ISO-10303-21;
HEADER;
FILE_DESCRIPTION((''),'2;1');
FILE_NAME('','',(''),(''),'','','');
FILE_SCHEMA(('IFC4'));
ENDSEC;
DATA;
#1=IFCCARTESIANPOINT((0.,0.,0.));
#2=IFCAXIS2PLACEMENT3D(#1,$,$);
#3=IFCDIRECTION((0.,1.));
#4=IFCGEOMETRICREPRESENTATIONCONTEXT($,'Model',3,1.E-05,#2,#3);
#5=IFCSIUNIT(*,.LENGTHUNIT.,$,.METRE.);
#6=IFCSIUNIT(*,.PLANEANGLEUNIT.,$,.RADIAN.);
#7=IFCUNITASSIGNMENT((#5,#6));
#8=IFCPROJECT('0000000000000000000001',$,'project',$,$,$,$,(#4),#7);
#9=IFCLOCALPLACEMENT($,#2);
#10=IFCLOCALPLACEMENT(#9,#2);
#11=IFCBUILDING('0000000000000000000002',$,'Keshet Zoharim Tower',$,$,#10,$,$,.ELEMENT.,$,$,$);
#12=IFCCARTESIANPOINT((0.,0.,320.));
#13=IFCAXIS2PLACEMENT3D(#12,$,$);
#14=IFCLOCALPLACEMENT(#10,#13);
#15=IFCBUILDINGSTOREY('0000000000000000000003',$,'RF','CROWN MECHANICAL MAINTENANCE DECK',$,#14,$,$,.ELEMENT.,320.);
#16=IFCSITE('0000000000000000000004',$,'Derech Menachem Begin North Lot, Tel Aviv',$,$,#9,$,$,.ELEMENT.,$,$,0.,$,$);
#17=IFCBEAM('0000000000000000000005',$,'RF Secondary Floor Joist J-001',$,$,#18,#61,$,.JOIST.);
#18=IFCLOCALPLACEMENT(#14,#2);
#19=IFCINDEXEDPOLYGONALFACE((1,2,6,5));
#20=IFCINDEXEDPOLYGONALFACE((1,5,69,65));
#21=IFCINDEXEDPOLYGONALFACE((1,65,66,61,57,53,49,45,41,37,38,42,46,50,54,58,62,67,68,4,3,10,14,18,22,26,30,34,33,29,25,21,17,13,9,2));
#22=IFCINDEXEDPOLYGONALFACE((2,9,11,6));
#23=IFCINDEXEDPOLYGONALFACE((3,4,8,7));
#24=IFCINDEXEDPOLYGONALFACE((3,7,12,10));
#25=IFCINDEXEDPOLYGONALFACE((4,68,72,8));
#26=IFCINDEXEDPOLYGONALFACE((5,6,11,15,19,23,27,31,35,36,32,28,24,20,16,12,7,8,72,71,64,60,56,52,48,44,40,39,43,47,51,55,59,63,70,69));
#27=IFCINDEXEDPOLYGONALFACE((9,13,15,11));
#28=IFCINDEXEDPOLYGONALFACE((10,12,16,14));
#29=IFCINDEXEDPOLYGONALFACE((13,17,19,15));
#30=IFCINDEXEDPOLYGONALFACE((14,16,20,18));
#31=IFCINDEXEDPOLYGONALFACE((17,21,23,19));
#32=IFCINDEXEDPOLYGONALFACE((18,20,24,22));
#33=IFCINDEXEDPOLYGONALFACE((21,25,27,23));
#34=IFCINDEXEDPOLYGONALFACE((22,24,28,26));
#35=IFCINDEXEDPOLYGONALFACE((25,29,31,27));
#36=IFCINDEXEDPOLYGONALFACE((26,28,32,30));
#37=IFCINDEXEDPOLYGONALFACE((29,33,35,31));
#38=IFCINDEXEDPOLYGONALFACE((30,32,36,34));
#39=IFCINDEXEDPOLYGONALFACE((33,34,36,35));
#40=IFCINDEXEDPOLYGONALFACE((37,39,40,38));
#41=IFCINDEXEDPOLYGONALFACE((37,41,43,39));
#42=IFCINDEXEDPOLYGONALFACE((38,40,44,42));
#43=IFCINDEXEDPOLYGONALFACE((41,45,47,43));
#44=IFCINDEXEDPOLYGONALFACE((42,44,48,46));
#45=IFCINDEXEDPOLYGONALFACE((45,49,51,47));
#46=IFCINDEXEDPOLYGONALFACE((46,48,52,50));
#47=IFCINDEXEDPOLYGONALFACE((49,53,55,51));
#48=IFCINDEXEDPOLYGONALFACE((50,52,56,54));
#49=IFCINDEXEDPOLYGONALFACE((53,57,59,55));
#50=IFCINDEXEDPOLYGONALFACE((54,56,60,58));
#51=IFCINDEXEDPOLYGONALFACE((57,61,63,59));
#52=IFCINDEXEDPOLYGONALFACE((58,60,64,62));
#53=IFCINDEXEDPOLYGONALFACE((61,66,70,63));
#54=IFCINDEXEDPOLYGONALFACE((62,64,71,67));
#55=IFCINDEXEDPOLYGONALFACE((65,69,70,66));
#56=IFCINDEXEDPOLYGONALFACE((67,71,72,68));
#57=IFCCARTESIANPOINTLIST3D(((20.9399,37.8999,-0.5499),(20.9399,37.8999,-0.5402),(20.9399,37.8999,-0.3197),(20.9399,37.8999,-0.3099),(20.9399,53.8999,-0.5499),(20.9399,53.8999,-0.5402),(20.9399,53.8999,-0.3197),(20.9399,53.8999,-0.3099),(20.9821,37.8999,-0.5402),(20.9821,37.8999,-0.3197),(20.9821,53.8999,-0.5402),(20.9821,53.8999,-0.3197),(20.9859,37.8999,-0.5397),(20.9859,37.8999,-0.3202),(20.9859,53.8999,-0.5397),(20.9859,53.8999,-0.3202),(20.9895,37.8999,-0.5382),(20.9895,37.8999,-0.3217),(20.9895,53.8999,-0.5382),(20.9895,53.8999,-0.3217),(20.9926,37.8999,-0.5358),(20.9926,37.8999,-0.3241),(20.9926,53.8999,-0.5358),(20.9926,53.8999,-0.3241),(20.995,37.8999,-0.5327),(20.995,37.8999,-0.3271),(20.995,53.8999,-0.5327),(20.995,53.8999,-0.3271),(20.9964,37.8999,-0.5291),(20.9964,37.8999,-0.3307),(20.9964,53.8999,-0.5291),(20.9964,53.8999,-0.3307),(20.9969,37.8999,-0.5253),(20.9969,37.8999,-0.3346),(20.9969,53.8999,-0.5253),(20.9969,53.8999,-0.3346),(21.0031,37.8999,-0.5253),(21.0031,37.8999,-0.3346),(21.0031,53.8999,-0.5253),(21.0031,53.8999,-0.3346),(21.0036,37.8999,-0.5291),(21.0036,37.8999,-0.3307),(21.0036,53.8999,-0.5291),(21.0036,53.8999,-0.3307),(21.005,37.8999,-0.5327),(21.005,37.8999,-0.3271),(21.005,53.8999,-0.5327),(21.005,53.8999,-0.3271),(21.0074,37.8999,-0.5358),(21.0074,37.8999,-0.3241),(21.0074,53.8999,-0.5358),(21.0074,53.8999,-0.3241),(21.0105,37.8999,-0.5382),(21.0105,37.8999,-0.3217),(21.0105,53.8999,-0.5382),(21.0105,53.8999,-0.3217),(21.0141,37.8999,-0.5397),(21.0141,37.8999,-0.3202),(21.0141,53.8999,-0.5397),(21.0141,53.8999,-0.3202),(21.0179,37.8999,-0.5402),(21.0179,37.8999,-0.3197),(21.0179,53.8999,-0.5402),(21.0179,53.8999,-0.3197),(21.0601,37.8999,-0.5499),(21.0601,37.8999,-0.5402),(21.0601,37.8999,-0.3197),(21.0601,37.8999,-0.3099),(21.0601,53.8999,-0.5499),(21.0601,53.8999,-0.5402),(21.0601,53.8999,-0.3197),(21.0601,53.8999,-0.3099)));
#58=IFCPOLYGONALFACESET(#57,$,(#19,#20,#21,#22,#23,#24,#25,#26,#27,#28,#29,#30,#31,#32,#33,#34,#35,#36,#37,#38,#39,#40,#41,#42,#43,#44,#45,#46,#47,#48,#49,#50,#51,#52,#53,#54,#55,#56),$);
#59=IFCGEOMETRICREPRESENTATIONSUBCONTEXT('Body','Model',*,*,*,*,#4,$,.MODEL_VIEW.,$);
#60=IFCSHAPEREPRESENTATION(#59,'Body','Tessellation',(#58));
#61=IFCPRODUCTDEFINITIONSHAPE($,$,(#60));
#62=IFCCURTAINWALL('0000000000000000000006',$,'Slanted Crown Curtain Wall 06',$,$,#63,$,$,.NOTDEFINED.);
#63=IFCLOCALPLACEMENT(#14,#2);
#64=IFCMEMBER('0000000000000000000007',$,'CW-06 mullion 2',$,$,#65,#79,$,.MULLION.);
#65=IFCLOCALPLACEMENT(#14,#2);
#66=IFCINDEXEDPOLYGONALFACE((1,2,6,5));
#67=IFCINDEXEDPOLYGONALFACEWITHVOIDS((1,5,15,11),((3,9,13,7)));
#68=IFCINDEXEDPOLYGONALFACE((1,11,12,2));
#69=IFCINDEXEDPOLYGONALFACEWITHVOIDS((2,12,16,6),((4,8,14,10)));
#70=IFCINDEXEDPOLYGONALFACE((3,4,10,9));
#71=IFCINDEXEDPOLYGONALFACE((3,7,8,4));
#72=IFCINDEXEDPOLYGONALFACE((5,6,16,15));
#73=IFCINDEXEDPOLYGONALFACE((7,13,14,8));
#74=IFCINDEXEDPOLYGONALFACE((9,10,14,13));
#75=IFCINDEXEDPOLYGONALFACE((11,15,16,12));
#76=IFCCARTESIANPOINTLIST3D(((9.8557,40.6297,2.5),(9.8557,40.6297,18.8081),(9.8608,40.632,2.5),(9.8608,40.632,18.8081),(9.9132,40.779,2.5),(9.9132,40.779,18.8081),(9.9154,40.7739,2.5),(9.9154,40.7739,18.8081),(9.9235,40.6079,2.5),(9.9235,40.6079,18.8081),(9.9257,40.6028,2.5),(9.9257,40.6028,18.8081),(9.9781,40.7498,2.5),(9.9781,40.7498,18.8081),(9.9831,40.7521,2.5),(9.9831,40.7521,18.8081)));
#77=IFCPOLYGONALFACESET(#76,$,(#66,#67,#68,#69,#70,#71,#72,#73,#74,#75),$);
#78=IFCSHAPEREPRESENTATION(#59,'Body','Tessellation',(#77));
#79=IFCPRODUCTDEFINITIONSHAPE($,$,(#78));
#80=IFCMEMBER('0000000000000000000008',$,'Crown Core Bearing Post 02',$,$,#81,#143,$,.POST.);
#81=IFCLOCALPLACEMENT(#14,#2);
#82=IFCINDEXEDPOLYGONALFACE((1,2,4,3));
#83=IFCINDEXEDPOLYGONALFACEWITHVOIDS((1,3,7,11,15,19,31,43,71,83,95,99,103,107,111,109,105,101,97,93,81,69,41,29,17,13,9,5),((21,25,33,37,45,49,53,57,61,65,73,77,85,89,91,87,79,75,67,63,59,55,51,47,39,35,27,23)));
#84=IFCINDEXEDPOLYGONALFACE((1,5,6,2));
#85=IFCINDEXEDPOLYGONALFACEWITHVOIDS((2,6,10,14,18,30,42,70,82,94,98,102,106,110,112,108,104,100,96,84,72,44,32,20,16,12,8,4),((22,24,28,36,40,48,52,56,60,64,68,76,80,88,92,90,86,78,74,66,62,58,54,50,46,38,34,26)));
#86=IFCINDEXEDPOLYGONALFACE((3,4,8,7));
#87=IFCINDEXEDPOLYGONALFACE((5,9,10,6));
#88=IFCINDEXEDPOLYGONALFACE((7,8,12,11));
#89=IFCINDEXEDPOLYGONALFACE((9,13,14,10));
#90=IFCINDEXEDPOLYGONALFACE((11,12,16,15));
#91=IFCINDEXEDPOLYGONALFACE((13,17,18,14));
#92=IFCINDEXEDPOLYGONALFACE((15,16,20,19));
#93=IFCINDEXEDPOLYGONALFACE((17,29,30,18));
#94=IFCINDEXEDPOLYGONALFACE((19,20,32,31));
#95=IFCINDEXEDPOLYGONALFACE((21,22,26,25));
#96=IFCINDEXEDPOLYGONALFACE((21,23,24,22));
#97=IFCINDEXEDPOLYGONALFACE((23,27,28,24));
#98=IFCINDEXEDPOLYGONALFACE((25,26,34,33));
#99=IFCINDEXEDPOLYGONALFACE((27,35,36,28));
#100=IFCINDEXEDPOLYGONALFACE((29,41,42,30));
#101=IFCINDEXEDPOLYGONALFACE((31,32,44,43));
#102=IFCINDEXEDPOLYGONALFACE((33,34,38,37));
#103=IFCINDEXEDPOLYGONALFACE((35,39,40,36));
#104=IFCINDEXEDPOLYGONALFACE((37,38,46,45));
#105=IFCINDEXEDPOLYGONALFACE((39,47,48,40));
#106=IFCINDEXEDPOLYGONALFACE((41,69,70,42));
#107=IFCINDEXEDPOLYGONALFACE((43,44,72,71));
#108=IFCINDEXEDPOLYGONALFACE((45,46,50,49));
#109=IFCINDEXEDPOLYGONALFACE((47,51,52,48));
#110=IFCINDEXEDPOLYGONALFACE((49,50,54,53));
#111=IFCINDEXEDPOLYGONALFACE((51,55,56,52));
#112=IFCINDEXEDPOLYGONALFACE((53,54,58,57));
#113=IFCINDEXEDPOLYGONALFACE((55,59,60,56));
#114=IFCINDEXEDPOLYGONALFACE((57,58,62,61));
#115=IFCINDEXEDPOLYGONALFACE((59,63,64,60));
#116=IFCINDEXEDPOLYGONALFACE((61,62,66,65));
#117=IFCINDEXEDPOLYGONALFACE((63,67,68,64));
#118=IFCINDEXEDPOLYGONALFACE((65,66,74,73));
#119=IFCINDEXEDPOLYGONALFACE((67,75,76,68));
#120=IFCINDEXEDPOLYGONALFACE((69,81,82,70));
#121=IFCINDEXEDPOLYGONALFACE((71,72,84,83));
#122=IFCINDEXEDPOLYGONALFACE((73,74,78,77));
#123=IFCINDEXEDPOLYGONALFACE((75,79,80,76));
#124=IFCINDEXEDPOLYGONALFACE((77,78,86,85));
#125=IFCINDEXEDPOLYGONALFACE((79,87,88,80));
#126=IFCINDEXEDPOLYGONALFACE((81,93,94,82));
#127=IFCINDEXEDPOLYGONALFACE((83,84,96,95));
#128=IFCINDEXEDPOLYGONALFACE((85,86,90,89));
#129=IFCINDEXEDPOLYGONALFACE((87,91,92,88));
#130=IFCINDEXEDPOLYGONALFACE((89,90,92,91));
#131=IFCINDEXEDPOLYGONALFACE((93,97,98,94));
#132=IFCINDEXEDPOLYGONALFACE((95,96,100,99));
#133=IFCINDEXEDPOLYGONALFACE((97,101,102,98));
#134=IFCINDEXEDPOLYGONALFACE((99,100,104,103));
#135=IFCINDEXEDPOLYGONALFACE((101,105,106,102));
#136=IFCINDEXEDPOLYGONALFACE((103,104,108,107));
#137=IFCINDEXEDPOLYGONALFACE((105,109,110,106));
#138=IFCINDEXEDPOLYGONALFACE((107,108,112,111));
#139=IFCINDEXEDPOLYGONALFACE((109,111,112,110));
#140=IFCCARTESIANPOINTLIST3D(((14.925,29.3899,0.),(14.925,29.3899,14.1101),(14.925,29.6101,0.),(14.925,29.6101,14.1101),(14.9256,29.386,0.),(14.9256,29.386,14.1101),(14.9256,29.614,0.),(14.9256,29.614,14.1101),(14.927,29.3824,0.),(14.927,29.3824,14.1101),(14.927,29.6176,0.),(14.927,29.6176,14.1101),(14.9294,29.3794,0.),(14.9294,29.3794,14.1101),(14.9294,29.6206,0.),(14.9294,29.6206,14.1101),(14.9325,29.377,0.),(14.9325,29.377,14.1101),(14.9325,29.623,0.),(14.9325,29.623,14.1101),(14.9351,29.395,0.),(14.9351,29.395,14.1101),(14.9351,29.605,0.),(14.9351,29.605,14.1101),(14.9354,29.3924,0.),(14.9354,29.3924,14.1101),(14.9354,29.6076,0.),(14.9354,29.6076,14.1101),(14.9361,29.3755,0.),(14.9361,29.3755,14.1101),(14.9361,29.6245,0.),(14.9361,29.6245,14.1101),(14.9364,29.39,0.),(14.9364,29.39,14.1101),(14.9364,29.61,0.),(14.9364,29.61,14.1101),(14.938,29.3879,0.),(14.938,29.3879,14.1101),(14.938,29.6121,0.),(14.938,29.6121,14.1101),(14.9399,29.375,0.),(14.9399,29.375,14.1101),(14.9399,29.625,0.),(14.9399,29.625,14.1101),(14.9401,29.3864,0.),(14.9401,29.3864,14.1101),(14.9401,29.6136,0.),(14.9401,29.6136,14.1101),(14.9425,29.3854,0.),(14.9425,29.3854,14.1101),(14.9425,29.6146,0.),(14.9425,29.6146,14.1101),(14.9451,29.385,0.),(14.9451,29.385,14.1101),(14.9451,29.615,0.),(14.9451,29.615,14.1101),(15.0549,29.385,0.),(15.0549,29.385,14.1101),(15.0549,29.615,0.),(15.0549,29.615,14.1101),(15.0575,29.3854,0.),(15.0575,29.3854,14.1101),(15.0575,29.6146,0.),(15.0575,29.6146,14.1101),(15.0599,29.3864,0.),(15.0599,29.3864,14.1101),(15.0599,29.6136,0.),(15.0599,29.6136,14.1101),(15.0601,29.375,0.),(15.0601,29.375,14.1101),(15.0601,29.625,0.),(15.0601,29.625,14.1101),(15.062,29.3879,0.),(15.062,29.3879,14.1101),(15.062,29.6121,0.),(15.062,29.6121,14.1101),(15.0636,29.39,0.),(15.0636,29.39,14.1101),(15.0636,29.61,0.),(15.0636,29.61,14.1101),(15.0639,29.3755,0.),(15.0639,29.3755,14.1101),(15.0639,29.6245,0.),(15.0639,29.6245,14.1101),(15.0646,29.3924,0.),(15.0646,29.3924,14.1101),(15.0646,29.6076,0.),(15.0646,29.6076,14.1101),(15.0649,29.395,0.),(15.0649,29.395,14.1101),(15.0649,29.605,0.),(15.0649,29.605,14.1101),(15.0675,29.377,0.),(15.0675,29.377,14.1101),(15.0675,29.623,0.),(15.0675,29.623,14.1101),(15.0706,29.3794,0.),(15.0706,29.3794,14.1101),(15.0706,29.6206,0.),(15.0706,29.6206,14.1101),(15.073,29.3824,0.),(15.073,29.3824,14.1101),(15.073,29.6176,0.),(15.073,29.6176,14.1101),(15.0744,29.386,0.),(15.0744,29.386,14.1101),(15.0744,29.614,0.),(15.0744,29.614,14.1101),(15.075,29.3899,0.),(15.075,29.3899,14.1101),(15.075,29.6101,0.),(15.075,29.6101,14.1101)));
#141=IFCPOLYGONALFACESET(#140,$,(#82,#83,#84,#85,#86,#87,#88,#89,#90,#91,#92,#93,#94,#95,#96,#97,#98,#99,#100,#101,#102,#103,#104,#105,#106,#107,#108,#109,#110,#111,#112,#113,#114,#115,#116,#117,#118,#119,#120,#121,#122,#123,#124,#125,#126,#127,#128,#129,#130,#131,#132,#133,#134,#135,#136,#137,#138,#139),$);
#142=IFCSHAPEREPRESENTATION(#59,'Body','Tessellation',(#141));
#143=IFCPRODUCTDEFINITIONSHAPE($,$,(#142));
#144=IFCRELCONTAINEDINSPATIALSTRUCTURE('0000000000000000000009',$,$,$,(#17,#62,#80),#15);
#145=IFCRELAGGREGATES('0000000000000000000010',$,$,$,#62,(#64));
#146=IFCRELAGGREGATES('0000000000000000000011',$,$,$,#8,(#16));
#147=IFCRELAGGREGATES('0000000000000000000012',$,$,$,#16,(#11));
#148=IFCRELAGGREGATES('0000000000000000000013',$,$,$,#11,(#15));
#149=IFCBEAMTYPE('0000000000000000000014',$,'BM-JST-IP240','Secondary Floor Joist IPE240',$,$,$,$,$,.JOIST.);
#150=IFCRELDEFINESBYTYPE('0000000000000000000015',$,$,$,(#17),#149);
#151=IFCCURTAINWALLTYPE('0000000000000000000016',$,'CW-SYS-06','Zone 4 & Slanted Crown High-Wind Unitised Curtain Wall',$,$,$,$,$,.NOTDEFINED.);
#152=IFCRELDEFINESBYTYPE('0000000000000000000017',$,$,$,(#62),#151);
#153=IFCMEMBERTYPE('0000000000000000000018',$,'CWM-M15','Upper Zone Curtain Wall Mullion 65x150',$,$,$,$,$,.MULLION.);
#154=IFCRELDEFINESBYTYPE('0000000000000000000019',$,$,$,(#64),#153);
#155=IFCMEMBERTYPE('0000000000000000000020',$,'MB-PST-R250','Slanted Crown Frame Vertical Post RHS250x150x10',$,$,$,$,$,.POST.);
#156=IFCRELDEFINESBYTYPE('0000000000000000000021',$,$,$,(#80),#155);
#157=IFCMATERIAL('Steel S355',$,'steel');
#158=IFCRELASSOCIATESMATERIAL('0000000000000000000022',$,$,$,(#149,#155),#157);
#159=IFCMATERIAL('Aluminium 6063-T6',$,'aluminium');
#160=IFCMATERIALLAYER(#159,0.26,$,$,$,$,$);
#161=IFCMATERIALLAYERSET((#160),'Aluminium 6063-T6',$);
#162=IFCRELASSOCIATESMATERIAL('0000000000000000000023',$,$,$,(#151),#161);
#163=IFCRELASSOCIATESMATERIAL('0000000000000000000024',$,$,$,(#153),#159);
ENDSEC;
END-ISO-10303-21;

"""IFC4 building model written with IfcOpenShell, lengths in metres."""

from ifc_helpers import new_model, si_unit, direction, frame, origin, origin_2d, place, context, subcontext, project, spatial, hollow_rectangle, i_section, extrude, material, layer, layer_set, material_profile, profile_set, type_object, element, aggregate, save


model = new_model("IFC4")

# Units and contexts
model_context = context("Model", 3, precision=1e-05, world=origin(), true_north=direction((0.0, 1.0)))
body_context = subcontext(model_context, "Body", "Model", "MODEL_VIEW")
ifc_project = project(units=[si_unit("LENGTHUNIT", "METRE"), si_unit("PLANEANGLEUNIT", "RADIAN")], contexts=[model_context])

# Site, building, storey
site_placement = place(None, origin())
site = spatial("IfcSite", under=ifc_project, at=site_placement, Name="Derech Menachem Begin North Lot, Tel Aviv", CompositionType="ELEMENT", RefElevation=0.0)
building_placement = place(site_placement, origin())
building = spatial("IfcBuilding", under=site, at=building_placement, Name="Keshet Zoharim Tower", CompositionType="ELEMENT")
storey_placement = place(building_placement, frame((0.0, 0.0, 320.0)))
storey = spatial("IfcBuildingStorey", under=building, at=storey_placement, Name="RF", Description="CROWN MECHANICAL MAINTENANCE DECK", CompositionType="ELEMENT", Elevation=320.0)

# Beam
ifc_material_1 = material(Name="Steel S355", Category="steel")
ifc_material_profile_1 = material_profile(ifc_material_1, i_section(OverallWidth=0.1201, OverallDepth=0.24, WebThickness=0.0061, FlangeThickness=0.0098, FilletRadius=0.0149, at=origin_2d()), Name="IPE240")
ifc_profile_set_1 = profile_set([ifc_material_profile_1], Name="Steel S355")
beam_type = type_object("IfcBeamType", Name="BM-JST-IP240", Description="Secondary Floor Joist IPE240", PredefinedType="JOIST", material=ifc_profile_set_1)
beam_placement = place(storey_placement, frame((21.0, 37.8999, -0.4299), z_axis=(0.0, 1.0, 0.0), x_axis=(-1.0, 0.0, 0.0)))
element("IfcBeam", 1, at=beam_placement, inside=storey, type_object=beam_type, Name="RF Secondary Floor Joist J-001", PredefinedType="JOIST", context=body_context, shape_type="SweptSolid", body=[
    extrude(i_section(OverallWidth=0.1201, OverallDepth=0.24, WebThickness=0.0061, FlangeThickness=0.0098, FilletRadius=0.0149, at=origin_2d()), origin(), (0.0, 0.0, 1.0), 16.0),
])

# Curtain wall, member
ifc_material_2 = material(Name="Aluminium 6063-T6", Category="aluminium")
ifc_layer_1 = layer(ifc_material_2, 0.26)
ifc_layer_set_1 = layer_set([ifc_layer_1], Name="Aluminium 6063-T6")
curtain_wall_type = type_object("IfcCurtainWallType", Name="CW-SYS-06", Description="Zone 4 & Slanted Crown High-Wind Unitised Curtain Wall", PredefinedType="NOTDEFINED", material=ifc_layer_set_1)
curtain_wall_placement = place(storey_placement, origin())
curtain_wall = element("IfcCurtainWall", 2, at=curtain_wall_placement, inside=storey, type_object=curtain_wall_type, Name="Slanted Crown Curtain Wall 06", PredefinedType="NOTDEFINED")
ifc_material_profile_2 = material_profile(ifc_material_2, hollow_rectangle(XDim=0.075, YDim=0.1599, WallThickness=0.0039, at=origin_2d()), Name="MUL-75x160")
ifc_profile_set_2 = profile_set([ifc_material_profile_2], Name="Aluminium 6063-T6")
member_type_1 = type_object("IfcMemberType", Name="CWM-M15", Description="Upper Zone Curtain Wall Mullion 65x150", PredefinedType="MULLION", material=ifc_profile_set_2)
member_1_placement = place(storey_placement, frame((9.9194, 40.6909, 2.5), z_axis=(0.0, 0.0, 1.0), x_axis=(-0.93332, 0.359045, 0.0)))
member_1 = element("IfcMember", 3, at=member_1_placement, type_object=member_type_1, Name="CW-06 mullion 2", PredefinedType="MULLION", context=body_context, shape_type="SweptSolid", body=[
    extrude(hollow_rectangle(XDim=0.075, YDim=0.1599, WallThickness=0.0039, at=origin_2d()), origin(), (0.0, 0.0, 1.0), 16.3081),
])
aggregate(curtain_wall, [member_1])

# Member
ifc_material_profile_3 = material_profile(ifc_material_1, hollow_rectangle(XDim=0.1499, YDim=0.25, WallThickness=0.01, InnerFilletRadius=0.01, OuterFilletRadius=0.0149, at=origin_2d()), Name="RHS250x150x10")
ifc_profile_set_3 = profile_set([ifc_material_profile_3], Name="Steel S355")
member_type_2 = type_object("IfcMemberType", Name="MB-PST-R250", Description="Slanted Crown Frame Vertical Post RHS250x150x10", PredefinedType="POST", material=ifc_profile_set_3)
member_2_placement = place(storey_placement, frame((15.0, 29.5, 0.0), z_axis=(0.0, 0.0, 1.0), x_axis=(1.0, 0.0, 0.0)))
element("IfcMember", 4, at=member_2_placement, inside=storey, type_object=member_type_2, Name="Crown Core Bearing Post 02", PredefinedType="POST", context=body_context, shape_type="SweptSolid", body=[
    extrude(hollow_rectangle(XDim=0.1499, YDim=0.25, WallThickness=0.01, InnerFilletRadius=0.01, OuterFilletRadius=0.0149, at=origin_2d()), origin(), (0.0, 0.0, 1.0), 14.1101),
])

save(model, "model.ifc")
